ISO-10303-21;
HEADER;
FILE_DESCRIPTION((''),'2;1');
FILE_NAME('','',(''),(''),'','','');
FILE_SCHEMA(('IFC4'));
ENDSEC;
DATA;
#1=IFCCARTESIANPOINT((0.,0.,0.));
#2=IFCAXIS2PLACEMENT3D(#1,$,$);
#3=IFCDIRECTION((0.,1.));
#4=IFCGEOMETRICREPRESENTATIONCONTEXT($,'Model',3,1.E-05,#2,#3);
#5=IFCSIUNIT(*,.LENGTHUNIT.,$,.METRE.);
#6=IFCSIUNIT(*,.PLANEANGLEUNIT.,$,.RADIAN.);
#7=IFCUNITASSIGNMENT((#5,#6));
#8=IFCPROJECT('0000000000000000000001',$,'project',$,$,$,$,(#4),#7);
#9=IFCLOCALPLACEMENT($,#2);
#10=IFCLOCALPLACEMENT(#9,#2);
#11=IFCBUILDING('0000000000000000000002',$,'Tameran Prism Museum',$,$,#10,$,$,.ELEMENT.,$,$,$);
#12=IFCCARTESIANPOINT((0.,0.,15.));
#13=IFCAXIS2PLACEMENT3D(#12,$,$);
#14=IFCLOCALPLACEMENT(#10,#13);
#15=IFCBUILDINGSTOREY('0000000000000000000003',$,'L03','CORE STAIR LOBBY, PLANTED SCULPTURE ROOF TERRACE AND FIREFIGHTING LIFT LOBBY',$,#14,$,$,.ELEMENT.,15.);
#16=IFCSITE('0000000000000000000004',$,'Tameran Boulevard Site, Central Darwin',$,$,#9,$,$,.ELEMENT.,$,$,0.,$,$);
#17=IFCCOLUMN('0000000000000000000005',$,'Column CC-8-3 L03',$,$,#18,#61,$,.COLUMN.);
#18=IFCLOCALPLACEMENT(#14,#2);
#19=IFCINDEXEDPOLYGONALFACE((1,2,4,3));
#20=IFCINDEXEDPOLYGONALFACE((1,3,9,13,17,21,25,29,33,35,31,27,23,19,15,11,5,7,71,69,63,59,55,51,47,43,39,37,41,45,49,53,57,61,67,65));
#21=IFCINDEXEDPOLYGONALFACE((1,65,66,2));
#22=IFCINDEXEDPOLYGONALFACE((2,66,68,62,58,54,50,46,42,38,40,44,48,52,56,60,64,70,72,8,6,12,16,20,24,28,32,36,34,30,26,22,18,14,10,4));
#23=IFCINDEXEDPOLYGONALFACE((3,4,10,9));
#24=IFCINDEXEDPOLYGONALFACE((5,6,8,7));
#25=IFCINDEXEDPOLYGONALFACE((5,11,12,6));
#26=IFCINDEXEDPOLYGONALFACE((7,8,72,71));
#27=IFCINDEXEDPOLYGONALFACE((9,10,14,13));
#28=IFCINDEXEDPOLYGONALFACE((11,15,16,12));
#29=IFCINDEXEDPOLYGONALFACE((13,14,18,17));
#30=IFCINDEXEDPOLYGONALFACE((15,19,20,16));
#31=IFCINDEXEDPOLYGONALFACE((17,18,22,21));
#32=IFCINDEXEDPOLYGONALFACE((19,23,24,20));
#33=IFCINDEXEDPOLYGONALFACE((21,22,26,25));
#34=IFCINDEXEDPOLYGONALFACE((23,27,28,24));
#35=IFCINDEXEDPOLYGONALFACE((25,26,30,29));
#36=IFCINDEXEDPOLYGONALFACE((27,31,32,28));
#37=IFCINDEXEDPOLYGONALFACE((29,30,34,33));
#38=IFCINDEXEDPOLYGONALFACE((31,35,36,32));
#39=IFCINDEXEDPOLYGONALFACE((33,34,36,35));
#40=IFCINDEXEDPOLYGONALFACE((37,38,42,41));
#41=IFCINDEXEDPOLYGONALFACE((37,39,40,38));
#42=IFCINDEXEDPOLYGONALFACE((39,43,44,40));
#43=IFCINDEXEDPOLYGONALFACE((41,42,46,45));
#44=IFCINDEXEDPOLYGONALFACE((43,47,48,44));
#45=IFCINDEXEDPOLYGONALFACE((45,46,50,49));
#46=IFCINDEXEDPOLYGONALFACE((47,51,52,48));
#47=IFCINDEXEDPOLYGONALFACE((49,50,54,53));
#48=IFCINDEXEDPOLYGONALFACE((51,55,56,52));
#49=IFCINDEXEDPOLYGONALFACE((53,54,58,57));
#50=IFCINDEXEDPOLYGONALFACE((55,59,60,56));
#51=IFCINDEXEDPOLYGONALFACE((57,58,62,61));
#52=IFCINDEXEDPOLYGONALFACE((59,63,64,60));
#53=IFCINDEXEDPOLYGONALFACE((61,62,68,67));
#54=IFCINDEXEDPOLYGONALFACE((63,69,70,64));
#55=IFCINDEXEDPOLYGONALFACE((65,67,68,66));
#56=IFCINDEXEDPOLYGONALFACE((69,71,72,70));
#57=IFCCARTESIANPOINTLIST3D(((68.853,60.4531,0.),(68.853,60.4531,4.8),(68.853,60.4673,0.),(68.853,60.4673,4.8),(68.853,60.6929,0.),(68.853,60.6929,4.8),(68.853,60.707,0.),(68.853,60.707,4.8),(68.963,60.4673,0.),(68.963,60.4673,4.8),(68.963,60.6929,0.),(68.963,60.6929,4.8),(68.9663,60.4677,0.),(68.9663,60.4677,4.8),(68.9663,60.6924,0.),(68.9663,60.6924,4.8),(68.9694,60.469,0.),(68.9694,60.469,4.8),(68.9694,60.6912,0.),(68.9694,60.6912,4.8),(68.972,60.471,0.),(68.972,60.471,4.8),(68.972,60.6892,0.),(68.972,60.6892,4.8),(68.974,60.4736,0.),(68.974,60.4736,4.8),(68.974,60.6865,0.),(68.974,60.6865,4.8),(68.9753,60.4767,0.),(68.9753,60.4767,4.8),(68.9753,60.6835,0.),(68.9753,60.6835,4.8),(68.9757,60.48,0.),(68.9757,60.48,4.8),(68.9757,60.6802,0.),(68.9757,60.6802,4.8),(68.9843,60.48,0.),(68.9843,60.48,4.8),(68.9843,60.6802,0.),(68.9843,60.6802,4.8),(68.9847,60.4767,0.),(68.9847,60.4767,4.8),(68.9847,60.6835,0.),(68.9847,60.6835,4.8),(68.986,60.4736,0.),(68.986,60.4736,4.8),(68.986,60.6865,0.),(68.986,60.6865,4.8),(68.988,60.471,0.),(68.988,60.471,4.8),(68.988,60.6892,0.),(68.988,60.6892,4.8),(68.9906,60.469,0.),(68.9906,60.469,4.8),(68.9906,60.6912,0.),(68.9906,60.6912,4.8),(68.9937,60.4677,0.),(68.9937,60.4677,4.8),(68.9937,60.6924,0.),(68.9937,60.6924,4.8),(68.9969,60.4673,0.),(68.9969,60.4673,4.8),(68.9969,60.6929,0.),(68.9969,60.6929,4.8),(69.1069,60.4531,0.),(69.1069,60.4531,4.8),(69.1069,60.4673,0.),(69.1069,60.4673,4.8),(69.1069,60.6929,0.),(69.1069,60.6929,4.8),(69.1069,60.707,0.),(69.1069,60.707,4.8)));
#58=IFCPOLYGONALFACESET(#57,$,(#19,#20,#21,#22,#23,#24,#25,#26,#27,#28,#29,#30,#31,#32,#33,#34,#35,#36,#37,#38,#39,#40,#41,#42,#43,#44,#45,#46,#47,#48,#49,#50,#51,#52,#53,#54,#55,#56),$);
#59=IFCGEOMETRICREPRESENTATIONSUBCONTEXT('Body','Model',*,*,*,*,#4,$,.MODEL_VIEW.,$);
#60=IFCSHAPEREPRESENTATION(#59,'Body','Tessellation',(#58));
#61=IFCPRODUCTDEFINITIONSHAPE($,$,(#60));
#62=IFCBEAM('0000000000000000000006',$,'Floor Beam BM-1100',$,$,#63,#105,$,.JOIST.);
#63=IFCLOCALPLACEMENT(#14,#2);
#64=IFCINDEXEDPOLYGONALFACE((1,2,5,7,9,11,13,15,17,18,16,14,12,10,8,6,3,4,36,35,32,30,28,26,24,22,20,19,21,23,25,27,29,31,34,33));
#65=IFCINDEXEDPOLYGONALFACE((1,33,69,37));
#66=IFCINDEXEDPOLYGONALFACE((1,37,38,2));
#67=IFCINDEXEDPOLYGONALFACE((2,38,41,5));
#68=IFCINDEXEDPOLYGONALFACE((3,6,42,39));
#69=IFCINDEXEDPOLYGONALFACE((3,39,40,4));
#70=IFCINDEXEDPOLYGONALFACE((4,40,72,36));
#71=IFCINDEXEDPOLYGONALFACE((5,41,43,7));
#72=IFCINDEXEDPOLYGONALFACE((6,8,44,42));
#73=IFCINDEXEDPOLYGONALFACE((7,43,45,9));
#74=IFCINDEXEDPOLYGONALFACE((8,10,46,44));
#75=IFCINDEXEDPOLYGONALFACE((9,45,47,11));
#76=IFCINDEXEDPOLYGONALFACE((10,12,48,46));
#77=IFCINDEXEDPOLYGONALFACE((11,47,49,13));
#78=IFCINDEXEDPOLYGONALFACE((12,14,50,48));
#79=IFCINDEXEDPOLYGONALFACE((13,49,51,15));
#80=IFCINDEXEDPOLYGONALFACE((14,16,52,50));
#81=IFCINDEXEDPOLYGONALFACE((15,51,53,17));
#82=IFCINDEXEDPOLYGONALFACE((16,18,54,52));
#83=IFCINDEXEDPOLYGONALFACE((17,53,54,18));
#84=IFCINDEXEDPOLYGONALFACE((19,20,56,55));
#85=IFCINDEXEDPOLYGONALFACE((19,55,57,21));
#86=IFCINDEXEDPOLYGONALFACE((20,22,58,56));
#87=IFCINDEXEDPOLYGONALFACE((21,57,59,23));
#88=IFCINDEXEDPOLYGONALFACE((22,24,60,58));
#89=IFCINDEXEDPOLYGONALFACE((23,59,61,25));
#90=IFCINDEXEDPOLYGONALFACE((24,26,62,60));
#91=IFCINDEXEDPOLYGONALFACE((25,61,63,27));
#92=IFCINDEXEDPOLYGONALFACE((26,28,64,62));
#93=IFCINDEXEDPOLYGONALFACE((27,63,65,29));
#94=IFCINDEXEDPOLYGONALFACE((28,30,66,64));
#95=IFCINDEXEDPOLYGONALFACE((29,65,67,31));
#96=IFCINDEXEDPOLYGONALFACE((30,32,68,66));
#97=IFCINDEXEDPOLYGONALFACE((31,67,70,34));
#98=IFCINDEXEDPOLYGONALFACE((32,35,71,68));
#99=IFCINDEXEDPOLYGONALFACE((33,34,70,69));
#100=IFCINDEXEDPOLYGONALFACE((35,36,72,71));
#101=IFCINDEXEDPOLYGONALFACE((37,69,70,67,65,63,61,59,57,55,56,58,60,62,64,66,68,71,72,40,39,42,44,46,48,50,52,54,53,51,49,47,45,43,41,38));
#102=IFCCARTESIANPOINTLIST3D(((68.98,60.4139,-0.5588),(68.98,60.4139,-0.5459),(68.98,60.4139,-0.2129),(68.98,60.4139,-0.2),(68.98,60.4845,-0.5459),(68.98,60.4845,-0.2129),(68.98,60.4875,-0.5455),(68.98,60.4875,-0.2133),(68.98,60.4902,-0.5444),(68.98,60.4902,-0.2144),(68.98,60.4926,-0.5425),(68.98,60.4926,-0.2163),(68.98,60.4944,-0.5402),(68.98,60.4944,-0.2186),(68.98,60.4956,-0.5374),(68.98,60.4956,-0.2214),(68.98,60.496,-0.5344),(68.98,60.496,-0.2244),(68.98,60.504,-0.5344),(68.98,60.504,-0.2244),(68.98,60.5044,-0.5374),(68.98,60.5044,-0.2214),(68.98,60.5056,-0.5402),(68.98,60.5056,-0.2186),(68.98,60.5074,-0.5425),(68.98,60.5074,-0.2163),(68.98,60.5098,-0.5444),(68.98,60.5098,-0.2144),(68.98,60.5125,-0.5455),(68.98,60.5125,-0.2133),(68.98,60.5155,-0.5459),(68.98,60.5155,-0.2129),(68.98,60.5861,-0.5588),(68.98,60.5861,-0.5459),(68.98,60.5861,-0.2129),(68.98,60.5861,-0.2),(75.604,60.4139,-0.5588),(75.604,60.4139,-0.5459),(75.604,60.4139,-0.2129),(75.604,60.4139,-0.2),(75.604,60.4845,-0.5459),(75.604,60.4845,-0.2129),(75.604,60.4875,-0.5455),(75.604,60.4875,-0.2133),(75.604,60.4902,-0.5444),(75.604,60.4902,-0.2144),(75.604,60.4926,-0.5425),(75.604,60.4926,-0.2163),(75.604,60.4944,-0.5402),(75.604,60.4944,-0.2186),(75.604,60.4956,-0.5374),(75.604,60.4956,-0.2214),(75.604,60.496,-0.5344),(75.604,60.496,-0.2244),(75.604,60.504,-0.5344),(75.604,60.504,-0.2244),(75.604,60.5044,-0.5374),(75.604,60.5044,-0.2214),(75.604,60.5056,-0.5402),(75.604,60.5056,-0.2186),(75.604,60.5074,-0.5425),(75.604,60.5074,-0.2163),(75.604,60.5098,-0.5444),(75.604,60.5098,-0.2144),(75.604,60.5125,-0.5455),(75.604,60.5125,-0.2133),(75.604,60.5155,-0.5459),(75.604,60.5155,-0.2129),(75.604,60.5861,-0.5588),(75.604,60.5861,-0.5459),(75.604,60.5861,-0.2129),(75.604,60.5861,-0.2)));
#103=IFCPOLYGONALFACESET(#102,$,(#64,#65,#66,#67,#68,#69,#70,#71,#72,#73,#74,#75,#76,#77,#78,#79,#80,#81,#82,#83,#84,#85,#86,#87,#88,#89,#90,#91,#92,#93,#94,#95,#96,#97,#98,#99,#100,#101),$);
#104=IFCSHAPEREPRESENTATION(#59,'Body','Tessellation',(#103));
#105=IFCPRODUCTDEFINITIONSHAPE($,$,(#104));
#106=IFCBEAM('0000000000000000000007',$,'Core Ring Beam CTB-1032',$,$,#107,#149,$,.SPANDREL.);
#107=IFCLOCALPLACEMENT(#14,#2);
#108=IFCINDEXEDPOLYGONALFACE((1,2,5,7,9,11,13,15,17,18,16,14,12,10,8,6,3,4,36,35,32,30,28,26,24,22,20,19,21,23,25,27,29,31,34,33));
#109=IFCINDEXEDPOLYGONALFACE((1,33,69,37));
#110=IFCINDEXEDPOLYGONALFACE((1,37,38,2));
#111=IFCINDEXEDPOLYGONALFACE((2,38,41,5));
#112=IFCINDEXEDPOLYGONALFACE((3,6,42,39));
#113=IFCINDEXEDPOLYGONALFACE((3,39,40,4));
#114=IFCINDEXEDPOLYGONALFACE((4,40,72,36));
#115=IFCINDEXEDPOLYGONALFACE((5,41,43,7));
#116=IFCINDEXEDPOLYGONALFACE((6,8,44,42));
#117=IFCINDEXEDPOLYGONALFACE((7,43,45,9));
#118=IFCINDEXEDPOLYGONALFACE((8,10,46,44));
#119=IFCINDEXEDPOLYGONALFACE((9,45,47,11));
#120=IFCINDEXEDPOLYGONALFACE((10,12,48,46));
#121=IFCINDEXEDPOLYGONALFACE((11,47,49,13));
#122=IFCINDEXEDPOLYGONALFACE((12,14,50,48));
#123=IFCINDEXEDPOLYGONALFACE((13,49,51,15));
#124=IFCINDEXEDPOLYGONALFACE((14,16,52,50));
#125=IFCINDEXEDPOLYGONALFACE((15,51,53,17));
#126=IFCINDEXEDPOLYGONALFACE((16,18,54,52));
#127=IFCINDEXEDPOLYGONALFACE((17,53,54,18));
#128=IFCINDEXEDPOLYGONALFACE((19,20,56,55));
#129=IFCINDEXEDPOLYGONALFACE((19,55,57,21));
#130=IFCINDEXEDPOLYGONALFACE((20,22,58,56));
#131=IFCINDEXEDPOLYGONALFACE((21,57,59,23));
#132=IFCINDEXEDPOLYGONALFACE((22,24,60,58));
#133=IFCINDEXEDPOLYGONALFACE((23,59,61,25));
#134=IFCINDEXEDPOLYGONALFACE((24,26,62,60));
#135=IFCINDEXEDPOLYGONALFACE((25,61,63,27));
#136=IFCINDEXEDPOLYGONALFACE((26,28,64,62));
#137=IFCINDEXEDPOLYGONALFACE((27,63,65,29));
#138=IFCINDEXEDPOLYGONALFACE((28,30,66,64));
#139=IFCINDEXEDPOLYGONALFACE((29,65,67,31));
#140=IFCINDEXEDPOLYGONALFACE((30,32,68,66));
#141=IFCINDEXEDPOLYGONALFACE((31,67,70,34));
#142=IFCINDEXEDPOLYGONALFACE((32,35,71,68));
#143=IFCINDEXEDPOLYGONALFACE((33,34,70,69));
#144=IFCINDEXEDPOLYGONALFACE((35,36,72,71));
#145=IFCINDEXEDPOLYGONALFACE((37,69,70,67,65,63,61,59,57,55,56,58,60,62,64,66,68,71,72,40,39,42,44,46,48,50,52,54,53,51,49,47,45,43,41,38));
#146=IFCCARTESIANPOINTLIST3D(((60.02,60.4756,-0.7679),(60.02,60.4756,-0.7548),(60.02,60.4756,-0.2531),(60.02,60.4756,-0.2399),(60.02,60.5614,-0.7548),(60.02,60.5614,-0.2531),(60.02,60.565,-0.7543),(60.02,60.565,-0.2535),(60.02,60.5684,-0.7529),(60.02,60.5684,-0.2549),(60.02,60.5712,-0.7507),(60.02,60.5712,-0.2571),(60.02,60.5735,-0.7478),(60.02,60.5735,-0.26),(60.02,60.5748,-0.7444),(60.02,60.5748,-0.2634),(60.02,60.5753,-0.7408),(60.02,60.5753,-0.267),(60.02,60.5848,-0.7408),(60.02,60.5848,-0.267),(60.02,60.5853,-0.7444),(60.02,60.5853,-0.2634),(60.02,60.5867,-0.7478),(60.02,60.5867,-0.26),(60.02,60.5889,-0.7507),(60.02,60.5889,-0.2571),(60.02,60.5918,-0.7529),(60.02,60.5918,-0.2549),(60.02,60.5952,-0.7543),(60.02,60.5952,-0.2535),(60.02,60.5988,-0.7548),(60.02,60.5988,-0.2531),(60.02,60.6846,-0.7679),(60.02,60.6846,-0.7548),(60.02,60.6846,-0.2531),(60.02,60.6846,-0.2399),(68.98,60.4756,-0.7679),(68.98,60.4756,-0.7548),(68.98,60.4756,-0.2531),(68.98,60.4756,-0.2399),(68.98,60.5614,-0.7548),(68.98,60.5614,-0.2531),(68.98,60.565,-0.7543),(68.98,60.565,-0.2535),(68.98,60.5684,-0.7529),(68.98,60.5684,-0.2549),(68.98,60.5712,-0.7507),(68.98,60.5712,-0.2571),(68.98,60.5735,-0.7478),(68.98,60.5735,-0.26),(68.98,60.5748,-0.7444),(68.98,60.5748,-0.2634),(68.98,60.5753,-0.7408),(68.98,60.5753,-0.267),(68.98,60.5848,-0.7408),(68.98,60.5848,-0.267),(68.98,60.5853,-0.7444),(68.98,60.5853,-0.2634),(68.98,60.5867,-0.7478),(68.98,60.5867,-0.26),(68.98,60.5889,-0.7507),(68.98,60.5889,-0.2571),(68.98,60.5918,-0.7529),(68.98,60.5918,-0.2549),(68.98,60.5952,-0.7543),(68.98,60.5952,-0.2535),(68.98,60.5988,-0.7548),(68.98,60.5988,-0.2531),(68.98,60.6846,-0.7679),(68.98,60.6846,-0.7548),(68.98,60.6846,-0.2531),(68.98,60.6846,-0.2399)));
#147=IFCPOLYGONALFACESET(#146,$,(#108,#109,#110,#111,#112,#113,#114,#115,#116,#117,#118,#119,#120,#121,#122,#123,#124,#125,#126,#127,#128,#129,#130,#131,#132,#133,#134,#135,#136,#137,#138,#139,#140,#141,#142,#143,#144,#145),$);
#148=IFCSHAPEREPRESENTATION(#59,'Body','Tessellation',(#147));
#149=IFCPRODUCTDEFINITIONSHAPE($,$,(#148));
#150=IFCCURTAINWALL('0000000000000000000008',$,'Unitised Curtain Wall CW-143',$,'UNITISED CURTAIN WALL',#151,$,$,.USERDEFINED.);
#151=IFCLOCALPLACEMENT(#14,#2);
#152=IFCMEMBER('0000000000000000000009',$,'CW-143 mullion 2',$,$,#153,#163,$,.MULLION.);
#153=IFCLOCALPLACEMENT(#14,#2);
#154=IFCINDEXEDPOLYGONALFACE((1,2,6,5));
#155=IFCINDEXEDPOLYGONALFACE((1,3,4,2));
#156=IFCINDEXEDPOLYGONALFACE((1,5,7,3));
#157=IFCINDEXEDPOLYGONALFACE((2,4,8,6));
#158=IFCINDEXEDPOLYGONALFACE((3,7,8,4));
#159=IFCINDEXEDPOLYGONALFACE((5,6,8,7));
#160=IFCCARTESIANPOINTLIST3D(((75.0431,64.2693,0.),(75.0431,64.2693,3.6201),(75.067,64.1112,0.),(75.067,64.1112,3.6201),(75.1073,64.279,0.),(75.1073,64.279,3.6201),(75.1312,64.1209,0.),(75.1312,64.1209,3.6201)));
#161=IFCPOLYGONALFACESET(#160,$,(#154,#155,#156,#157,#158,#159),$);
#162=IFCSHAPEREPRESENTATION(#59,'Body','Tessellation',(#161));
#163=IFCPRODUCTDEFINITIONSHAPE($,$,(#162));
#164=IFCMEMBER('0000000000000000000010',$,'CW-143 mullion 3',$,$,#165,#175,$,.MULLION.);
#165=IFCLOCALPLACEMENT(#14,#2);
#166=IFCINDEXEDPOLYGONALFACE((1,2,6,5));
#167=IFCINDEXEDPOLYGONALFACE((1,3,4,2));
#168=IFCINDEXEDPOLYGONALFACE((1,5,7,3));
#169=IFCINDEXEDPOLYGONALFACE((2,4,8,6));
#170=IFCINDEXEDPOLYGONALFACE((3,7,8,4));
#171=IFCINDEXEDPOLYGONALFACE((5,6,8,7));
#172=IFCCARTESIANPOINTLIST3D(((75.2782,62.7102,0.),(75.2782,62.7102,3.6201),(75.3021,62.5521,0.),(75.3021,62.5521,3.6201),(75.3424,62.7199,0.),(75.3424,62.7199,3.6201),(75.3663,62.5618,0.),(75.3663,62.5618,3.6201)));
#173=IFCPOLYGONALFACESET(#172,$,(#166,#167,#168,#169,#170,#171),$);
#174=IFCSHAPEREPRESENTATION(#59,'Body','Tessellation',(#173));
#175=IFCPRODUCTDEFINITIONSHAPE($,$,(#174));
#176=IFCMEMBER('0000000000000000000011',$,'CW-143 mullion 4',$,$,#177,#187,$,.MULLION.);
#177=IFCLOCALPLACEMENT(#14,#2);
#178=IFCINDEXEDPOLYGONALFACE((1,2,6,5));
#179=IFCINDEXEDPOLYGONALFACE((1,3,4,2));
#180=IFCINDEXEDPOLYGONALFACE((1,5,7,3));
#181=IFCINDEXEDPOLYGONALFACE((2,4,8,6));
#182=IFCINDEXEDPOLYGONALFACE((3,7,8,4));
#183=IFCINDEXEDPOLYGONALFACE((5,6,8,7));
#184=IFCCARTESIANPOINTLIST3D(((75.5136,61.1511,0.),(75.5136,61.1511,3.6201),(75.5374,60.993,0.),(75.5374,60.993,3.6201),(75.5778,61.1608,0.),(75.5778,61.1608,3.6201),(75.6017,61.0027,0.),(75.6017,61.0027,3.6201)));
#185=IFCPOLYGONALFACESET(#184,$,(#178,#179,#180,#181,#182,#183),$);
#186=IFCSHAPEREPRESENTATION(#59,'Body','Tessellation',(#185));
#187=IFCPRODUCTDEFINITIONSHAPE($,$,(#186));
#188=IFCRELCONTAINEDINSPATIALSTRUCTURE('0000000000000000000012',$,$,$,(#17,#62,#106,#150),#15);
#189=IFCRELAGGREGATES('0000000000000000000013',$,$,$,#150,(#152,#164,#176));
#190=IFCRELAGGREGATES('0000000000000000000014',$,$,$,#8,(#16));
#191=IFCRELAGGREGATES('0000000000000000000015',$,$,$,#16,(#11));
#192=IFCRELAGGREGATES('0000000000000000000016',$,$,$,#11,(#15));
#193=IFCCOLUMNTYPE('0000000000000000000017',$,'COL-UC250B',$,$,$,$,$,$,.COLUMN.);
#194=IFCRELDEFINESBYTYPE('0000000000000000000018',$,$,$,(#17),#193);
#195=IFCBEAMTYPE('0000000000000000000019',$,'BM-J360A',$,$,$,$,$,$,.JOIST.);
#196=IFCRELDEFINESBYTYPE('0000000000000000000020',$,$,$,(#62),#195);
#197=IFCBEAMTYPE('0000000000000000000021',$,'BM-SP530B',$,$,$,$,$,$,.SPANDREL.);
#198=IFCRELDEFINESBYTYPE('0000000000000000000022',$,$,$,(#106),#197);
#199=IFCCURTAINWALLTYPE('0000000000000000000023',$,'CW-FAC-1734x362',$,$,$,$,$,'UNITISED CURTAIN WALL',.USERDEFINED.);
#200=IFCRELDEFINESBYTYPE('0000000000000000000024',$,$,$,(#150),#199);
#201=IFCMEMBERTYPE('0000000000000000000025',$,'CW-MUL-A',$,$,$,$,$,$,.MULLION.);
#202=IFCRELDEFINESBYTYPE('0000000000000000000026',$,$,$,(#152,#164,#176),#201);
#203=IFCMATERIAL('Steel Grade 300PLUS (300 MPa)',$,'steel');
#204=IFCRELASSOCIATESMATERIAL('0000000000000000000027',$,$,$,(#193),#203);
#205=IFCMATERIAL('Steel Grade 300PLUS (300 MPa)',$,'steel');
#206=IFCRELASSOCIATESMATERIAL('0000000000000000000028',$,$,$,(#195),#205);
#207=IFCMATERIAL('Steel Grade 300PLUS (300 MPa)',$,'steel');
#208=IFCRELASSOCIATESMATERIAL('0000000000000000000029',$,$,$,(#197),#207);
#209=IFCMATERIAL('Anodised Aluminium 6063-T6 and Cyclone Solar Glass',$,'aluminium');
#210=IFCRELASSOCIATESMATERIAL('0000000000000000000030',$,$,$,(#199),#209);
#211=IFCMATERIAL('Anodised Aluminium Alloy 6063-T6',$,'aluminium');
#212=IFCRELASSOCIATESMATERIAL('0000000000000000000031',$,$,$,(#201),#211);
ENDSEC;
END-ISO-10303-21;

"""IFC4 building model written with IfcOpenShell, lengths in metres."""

from ifc_helpers import new_model, si_unit, direction, frame, origin, origin_2d, place, context, subcontext, project, spatial, rectangle, i_section, extrude, material, material_profile, profile_set, type_object, element, aggregate, save


model = new_model("IFC4")

# Units and contexts
model_context = context("Model", 3, precision=1e-05, world=origin(), true_north=direction((0.0, 1.0)))
body_context = subcontext(model_context, "Body", "Model", "MODEL_VIEW")
ifc_project = project(units=[si_unit("LENGTHUNIT", "METRE"), si_unit("PLANEANGLEUNIT", "RADIAN")], contexts=[model_context])

# Site, building, storey
site_placement = place(None, origin())
site = spatial("IfcSite", under=ifc_project, at=site_placement, Name="Tameran Boulevard Site, Central Darwin", CompositionType="ELEMENT", RefElevation=0.0)
building_placement = place(site_placement, origin())
building = spatial("IfcBuilding", under=site, at=building_placement, Name="Tameran Prism Museum", CompositionType="ELEMENT")
storey_placement = place(building_placement, frame((0.0, 0.0, 15.0)))
storey = spatial("IfcBuildingStorey", under=building, at=storey_placement, Name="L03", Description="CORE STAIR LOBBY, PLANTED SCULPTURE ROOF TERRACE AND FIREFIGHTING LIFT LOBBY", CompositionType="ELEMENT", Elevation=15.0)

# Column
ifc_material_1 = material(Name="Steel Grade 300PLUS (300 MPa)", Category="steel")
ifc_material_profile_1 = material_profile(ifc_material_1, i_section(OverallWidth=0.2539, OverallDepth=0.2539, WebThickness=0.0085, FlangeThickness=0.0142, FilletRadius=0.0127, at=origin_2d()))
ifc_profile_set_1 = profile_set([ifc_material_profile_1])
column_type = type_object("IfcColumnType", Name="COL-UC250B", PredefinedType="COLUMN", material=ifc_profile_set_1)
column_placement = place(storey_placement, frame((68.98, 60.5801, 0.0), z_axis=(0.0, 0.0, 1.0), x_axis=(1.0, 0.0, 0.0)))
element("IfcColumn", 1, at=column_placement, inside=storey, type_object=column_type, Name="Column CC-8-3 L03", PredefinedType="COLUMN", context=body_context, shape_type="SweptSolid", body=[
    extrude(i_section(OverallWidth=0.2539, OverallDepth=0.2539, WebThickness=0.0085, FlangeThickness=0.0142, FilletRadius=0.0127, at=origin_2d()), origin(), (0.0, 0.0, 1.0), 4.8),
])

# Beams
ifc_material_2 = material(Name="Steel Grade 300PLUS (300 MPa)", Category="steel")
ifc_material_profile_2 = material_profile(ifc_material_2, i_section(OverallWidth=0.1721, OverallDepth=0.3589, WebThickness=0.0081, FlangeThickness=0.0129, FilletRadius=0.0115, at=origin_2d()))
ifc_profile_set_2 = profile_set([ifc_material_profile_2])
beam_type_1 = type_object("IfcBeamType", Name="BM-J360A", PredefinedType="JOIST", material=ifc_profile_set_2)
beam_1_placement = place(storey_placement, frame((68.98, 60.5, -0.3794), z_axis=(1.0, 0.0, 0.0), x_axis=(0.0, 1.0, 0.0)))
element("IfcBeam", 2, at=beam_1_placement, inside=storey, type_object=beam_type_1, Name="Floor Beam BM-1100", PredefinedType="JOIST", context=body_context, shape_type="SweptSolid", body=[
    extrude(i_section(OverallWidth=0.1721, OverallDepth=0.3589, WebThickness=0.0081, FlangeThickness=0.0129, FilletRadius=0.0115, at=origin_2d()), origin(), (0.0, 0.0, 1.0), 6.624),
])
ifc_material_3 = material(Name="Steel Grade 300PLUS (300 MPa)", Category="steel")
ifc_material_profile_3 = material_profile(ifc_material_3, i_section(OverallWidth=0.209, OverallDepth=0.5281, WebThickness=0.0095, FlangeThickness=0.0132, FilletRadius=0.0139, at=origin_2d()))
ifc_profile_set_3 = profile_set([ifc_material_profile_3])
beam_type_2 = type_object("IfcBeamType", Name="BM-SP530B", PredefinedType="SPANDREL", material=ifc_profile_set_3)
beam_2_placement = place(storey_placement, frame((68.98, 60.5801, -0.5039), z_axis=(-1.0, 0.0, 0.0), x_axis=(0.0, -1.0, 0.0)))
element("IfcBeam", 3, at=beam_2_placement, inside=storey, type_object=beam_type_2, Name="Core Ring Beam CTB-1032", PredefinedType="SPANDREL", context=body_context, shape_type="SweptSolid", body=[
    extrude(i_section(OverallWidth=0.209, OverallDepth=0.5281, WebThickness=0.0095, FlangeThickness=0.0132, FilletRadius=0.0139, at=origin_2d()), origin(), (0.0, 0.0, 1.0), 8.96),
])

# Curtain wall, members
ifc_material_4 = material(Name="Anodised Aluminium 6063-T6 and Cyclone Solar Glass", Category="aluminium")
curtain_wall_type = type_object("IfcCurtainWallType", Name="CW-FAC-1734x362", ElementType="UNITISED CURTAIN WALL", PredefinedType="USERDEFINED", material=ifc_material_4)
curtain_wall_placement = place(storey_placement, origin())
curtain_wall = element("IfcCurtainWall", 4, at=curtain_wall_placement, inside=storey, type_object=curtain_wall_type, Name="Unitised Curtain Wall CW-143", ObjectType="UNITISED CURTAIN WALL", PredefinedType="USERDEFINED")
ifc_material_5 = material(Name="Anodised Aluminium Alloy 6063-T6", Category="aluminium")
ifc_material_profile_4 = material_profile(ifc_material_5, rectangle(XDim=0.0649, YDim=0.1599, at=origin_2d()))
ifc_profile_set_4 = profile_set([ifc_material_profile_4])
member_type_1 = type_object("IfcMemberType", Name="CW-MUL-A", PredefinedType="MULLION", material=ifc_profile_set_4)
member_1_placement = place(storey_placement, frame((75.0872, 64.1951, 0.0), z_axis=(0.0, 0.0, 1.0), x_axis=(0.988812, 0.149167, 0.0)))
member_1 = element("IfcMember", 5, at=member_1_placement, type_object=member_type_1, Name="CW-143 mullion 2", PredefinedType="MULLION", context=body_context, shape_type="SweptSolid", body=[
    extrude(rectangle(XDim=0.0649, YDim=0.1599, at=origin_2d()), origin(), (0.0, 0.0, 1.0), 3.6201),
])
member_2_placement = place(storey_placement, frame((75.3223, 62.636, 0.0), z_axis=(0.0, 0.0, 1.0), x_axis=(0.988812, 0.149167, 0.0)))
member_2 = element("IfcMember", 6, at=member_2_placement, type_object=member_type_1, Name="CW-143 mullion 3", PredefinedType="MULLION", context=body_context, shape_type="SweptSolid", body=[
    extrude(rectangle(XDim=0.0649, YDim=0.1599, at=origin_2d()), origin(), (0.0, 0.0, 1.0), 3.6201),
])
member_3_placement = place(storey_placement, frame((75.5576, 61.0769, 0.0), z_axis=(0.0, 0.0, 1.0), x_axis=(0.988812, 0.149167, 0.0)))
member_3 = element("IfcMember", 7, at=member_3_placement, type_object=member_type_1, Name="CW-143 mullion 4", PredefinedType="MULLION", context=body_context, shape_type="SweptSolid", body=[
    extrude(rectangle(XDim=0.0649, YDim=0.1599, at=origin_2d()), origin(), (0.0, 0.0, 1.0), 3.6201),
])
aggregate(curtain_wall, [member_1, member_2, member_3])

save(model, "model.ifc")
